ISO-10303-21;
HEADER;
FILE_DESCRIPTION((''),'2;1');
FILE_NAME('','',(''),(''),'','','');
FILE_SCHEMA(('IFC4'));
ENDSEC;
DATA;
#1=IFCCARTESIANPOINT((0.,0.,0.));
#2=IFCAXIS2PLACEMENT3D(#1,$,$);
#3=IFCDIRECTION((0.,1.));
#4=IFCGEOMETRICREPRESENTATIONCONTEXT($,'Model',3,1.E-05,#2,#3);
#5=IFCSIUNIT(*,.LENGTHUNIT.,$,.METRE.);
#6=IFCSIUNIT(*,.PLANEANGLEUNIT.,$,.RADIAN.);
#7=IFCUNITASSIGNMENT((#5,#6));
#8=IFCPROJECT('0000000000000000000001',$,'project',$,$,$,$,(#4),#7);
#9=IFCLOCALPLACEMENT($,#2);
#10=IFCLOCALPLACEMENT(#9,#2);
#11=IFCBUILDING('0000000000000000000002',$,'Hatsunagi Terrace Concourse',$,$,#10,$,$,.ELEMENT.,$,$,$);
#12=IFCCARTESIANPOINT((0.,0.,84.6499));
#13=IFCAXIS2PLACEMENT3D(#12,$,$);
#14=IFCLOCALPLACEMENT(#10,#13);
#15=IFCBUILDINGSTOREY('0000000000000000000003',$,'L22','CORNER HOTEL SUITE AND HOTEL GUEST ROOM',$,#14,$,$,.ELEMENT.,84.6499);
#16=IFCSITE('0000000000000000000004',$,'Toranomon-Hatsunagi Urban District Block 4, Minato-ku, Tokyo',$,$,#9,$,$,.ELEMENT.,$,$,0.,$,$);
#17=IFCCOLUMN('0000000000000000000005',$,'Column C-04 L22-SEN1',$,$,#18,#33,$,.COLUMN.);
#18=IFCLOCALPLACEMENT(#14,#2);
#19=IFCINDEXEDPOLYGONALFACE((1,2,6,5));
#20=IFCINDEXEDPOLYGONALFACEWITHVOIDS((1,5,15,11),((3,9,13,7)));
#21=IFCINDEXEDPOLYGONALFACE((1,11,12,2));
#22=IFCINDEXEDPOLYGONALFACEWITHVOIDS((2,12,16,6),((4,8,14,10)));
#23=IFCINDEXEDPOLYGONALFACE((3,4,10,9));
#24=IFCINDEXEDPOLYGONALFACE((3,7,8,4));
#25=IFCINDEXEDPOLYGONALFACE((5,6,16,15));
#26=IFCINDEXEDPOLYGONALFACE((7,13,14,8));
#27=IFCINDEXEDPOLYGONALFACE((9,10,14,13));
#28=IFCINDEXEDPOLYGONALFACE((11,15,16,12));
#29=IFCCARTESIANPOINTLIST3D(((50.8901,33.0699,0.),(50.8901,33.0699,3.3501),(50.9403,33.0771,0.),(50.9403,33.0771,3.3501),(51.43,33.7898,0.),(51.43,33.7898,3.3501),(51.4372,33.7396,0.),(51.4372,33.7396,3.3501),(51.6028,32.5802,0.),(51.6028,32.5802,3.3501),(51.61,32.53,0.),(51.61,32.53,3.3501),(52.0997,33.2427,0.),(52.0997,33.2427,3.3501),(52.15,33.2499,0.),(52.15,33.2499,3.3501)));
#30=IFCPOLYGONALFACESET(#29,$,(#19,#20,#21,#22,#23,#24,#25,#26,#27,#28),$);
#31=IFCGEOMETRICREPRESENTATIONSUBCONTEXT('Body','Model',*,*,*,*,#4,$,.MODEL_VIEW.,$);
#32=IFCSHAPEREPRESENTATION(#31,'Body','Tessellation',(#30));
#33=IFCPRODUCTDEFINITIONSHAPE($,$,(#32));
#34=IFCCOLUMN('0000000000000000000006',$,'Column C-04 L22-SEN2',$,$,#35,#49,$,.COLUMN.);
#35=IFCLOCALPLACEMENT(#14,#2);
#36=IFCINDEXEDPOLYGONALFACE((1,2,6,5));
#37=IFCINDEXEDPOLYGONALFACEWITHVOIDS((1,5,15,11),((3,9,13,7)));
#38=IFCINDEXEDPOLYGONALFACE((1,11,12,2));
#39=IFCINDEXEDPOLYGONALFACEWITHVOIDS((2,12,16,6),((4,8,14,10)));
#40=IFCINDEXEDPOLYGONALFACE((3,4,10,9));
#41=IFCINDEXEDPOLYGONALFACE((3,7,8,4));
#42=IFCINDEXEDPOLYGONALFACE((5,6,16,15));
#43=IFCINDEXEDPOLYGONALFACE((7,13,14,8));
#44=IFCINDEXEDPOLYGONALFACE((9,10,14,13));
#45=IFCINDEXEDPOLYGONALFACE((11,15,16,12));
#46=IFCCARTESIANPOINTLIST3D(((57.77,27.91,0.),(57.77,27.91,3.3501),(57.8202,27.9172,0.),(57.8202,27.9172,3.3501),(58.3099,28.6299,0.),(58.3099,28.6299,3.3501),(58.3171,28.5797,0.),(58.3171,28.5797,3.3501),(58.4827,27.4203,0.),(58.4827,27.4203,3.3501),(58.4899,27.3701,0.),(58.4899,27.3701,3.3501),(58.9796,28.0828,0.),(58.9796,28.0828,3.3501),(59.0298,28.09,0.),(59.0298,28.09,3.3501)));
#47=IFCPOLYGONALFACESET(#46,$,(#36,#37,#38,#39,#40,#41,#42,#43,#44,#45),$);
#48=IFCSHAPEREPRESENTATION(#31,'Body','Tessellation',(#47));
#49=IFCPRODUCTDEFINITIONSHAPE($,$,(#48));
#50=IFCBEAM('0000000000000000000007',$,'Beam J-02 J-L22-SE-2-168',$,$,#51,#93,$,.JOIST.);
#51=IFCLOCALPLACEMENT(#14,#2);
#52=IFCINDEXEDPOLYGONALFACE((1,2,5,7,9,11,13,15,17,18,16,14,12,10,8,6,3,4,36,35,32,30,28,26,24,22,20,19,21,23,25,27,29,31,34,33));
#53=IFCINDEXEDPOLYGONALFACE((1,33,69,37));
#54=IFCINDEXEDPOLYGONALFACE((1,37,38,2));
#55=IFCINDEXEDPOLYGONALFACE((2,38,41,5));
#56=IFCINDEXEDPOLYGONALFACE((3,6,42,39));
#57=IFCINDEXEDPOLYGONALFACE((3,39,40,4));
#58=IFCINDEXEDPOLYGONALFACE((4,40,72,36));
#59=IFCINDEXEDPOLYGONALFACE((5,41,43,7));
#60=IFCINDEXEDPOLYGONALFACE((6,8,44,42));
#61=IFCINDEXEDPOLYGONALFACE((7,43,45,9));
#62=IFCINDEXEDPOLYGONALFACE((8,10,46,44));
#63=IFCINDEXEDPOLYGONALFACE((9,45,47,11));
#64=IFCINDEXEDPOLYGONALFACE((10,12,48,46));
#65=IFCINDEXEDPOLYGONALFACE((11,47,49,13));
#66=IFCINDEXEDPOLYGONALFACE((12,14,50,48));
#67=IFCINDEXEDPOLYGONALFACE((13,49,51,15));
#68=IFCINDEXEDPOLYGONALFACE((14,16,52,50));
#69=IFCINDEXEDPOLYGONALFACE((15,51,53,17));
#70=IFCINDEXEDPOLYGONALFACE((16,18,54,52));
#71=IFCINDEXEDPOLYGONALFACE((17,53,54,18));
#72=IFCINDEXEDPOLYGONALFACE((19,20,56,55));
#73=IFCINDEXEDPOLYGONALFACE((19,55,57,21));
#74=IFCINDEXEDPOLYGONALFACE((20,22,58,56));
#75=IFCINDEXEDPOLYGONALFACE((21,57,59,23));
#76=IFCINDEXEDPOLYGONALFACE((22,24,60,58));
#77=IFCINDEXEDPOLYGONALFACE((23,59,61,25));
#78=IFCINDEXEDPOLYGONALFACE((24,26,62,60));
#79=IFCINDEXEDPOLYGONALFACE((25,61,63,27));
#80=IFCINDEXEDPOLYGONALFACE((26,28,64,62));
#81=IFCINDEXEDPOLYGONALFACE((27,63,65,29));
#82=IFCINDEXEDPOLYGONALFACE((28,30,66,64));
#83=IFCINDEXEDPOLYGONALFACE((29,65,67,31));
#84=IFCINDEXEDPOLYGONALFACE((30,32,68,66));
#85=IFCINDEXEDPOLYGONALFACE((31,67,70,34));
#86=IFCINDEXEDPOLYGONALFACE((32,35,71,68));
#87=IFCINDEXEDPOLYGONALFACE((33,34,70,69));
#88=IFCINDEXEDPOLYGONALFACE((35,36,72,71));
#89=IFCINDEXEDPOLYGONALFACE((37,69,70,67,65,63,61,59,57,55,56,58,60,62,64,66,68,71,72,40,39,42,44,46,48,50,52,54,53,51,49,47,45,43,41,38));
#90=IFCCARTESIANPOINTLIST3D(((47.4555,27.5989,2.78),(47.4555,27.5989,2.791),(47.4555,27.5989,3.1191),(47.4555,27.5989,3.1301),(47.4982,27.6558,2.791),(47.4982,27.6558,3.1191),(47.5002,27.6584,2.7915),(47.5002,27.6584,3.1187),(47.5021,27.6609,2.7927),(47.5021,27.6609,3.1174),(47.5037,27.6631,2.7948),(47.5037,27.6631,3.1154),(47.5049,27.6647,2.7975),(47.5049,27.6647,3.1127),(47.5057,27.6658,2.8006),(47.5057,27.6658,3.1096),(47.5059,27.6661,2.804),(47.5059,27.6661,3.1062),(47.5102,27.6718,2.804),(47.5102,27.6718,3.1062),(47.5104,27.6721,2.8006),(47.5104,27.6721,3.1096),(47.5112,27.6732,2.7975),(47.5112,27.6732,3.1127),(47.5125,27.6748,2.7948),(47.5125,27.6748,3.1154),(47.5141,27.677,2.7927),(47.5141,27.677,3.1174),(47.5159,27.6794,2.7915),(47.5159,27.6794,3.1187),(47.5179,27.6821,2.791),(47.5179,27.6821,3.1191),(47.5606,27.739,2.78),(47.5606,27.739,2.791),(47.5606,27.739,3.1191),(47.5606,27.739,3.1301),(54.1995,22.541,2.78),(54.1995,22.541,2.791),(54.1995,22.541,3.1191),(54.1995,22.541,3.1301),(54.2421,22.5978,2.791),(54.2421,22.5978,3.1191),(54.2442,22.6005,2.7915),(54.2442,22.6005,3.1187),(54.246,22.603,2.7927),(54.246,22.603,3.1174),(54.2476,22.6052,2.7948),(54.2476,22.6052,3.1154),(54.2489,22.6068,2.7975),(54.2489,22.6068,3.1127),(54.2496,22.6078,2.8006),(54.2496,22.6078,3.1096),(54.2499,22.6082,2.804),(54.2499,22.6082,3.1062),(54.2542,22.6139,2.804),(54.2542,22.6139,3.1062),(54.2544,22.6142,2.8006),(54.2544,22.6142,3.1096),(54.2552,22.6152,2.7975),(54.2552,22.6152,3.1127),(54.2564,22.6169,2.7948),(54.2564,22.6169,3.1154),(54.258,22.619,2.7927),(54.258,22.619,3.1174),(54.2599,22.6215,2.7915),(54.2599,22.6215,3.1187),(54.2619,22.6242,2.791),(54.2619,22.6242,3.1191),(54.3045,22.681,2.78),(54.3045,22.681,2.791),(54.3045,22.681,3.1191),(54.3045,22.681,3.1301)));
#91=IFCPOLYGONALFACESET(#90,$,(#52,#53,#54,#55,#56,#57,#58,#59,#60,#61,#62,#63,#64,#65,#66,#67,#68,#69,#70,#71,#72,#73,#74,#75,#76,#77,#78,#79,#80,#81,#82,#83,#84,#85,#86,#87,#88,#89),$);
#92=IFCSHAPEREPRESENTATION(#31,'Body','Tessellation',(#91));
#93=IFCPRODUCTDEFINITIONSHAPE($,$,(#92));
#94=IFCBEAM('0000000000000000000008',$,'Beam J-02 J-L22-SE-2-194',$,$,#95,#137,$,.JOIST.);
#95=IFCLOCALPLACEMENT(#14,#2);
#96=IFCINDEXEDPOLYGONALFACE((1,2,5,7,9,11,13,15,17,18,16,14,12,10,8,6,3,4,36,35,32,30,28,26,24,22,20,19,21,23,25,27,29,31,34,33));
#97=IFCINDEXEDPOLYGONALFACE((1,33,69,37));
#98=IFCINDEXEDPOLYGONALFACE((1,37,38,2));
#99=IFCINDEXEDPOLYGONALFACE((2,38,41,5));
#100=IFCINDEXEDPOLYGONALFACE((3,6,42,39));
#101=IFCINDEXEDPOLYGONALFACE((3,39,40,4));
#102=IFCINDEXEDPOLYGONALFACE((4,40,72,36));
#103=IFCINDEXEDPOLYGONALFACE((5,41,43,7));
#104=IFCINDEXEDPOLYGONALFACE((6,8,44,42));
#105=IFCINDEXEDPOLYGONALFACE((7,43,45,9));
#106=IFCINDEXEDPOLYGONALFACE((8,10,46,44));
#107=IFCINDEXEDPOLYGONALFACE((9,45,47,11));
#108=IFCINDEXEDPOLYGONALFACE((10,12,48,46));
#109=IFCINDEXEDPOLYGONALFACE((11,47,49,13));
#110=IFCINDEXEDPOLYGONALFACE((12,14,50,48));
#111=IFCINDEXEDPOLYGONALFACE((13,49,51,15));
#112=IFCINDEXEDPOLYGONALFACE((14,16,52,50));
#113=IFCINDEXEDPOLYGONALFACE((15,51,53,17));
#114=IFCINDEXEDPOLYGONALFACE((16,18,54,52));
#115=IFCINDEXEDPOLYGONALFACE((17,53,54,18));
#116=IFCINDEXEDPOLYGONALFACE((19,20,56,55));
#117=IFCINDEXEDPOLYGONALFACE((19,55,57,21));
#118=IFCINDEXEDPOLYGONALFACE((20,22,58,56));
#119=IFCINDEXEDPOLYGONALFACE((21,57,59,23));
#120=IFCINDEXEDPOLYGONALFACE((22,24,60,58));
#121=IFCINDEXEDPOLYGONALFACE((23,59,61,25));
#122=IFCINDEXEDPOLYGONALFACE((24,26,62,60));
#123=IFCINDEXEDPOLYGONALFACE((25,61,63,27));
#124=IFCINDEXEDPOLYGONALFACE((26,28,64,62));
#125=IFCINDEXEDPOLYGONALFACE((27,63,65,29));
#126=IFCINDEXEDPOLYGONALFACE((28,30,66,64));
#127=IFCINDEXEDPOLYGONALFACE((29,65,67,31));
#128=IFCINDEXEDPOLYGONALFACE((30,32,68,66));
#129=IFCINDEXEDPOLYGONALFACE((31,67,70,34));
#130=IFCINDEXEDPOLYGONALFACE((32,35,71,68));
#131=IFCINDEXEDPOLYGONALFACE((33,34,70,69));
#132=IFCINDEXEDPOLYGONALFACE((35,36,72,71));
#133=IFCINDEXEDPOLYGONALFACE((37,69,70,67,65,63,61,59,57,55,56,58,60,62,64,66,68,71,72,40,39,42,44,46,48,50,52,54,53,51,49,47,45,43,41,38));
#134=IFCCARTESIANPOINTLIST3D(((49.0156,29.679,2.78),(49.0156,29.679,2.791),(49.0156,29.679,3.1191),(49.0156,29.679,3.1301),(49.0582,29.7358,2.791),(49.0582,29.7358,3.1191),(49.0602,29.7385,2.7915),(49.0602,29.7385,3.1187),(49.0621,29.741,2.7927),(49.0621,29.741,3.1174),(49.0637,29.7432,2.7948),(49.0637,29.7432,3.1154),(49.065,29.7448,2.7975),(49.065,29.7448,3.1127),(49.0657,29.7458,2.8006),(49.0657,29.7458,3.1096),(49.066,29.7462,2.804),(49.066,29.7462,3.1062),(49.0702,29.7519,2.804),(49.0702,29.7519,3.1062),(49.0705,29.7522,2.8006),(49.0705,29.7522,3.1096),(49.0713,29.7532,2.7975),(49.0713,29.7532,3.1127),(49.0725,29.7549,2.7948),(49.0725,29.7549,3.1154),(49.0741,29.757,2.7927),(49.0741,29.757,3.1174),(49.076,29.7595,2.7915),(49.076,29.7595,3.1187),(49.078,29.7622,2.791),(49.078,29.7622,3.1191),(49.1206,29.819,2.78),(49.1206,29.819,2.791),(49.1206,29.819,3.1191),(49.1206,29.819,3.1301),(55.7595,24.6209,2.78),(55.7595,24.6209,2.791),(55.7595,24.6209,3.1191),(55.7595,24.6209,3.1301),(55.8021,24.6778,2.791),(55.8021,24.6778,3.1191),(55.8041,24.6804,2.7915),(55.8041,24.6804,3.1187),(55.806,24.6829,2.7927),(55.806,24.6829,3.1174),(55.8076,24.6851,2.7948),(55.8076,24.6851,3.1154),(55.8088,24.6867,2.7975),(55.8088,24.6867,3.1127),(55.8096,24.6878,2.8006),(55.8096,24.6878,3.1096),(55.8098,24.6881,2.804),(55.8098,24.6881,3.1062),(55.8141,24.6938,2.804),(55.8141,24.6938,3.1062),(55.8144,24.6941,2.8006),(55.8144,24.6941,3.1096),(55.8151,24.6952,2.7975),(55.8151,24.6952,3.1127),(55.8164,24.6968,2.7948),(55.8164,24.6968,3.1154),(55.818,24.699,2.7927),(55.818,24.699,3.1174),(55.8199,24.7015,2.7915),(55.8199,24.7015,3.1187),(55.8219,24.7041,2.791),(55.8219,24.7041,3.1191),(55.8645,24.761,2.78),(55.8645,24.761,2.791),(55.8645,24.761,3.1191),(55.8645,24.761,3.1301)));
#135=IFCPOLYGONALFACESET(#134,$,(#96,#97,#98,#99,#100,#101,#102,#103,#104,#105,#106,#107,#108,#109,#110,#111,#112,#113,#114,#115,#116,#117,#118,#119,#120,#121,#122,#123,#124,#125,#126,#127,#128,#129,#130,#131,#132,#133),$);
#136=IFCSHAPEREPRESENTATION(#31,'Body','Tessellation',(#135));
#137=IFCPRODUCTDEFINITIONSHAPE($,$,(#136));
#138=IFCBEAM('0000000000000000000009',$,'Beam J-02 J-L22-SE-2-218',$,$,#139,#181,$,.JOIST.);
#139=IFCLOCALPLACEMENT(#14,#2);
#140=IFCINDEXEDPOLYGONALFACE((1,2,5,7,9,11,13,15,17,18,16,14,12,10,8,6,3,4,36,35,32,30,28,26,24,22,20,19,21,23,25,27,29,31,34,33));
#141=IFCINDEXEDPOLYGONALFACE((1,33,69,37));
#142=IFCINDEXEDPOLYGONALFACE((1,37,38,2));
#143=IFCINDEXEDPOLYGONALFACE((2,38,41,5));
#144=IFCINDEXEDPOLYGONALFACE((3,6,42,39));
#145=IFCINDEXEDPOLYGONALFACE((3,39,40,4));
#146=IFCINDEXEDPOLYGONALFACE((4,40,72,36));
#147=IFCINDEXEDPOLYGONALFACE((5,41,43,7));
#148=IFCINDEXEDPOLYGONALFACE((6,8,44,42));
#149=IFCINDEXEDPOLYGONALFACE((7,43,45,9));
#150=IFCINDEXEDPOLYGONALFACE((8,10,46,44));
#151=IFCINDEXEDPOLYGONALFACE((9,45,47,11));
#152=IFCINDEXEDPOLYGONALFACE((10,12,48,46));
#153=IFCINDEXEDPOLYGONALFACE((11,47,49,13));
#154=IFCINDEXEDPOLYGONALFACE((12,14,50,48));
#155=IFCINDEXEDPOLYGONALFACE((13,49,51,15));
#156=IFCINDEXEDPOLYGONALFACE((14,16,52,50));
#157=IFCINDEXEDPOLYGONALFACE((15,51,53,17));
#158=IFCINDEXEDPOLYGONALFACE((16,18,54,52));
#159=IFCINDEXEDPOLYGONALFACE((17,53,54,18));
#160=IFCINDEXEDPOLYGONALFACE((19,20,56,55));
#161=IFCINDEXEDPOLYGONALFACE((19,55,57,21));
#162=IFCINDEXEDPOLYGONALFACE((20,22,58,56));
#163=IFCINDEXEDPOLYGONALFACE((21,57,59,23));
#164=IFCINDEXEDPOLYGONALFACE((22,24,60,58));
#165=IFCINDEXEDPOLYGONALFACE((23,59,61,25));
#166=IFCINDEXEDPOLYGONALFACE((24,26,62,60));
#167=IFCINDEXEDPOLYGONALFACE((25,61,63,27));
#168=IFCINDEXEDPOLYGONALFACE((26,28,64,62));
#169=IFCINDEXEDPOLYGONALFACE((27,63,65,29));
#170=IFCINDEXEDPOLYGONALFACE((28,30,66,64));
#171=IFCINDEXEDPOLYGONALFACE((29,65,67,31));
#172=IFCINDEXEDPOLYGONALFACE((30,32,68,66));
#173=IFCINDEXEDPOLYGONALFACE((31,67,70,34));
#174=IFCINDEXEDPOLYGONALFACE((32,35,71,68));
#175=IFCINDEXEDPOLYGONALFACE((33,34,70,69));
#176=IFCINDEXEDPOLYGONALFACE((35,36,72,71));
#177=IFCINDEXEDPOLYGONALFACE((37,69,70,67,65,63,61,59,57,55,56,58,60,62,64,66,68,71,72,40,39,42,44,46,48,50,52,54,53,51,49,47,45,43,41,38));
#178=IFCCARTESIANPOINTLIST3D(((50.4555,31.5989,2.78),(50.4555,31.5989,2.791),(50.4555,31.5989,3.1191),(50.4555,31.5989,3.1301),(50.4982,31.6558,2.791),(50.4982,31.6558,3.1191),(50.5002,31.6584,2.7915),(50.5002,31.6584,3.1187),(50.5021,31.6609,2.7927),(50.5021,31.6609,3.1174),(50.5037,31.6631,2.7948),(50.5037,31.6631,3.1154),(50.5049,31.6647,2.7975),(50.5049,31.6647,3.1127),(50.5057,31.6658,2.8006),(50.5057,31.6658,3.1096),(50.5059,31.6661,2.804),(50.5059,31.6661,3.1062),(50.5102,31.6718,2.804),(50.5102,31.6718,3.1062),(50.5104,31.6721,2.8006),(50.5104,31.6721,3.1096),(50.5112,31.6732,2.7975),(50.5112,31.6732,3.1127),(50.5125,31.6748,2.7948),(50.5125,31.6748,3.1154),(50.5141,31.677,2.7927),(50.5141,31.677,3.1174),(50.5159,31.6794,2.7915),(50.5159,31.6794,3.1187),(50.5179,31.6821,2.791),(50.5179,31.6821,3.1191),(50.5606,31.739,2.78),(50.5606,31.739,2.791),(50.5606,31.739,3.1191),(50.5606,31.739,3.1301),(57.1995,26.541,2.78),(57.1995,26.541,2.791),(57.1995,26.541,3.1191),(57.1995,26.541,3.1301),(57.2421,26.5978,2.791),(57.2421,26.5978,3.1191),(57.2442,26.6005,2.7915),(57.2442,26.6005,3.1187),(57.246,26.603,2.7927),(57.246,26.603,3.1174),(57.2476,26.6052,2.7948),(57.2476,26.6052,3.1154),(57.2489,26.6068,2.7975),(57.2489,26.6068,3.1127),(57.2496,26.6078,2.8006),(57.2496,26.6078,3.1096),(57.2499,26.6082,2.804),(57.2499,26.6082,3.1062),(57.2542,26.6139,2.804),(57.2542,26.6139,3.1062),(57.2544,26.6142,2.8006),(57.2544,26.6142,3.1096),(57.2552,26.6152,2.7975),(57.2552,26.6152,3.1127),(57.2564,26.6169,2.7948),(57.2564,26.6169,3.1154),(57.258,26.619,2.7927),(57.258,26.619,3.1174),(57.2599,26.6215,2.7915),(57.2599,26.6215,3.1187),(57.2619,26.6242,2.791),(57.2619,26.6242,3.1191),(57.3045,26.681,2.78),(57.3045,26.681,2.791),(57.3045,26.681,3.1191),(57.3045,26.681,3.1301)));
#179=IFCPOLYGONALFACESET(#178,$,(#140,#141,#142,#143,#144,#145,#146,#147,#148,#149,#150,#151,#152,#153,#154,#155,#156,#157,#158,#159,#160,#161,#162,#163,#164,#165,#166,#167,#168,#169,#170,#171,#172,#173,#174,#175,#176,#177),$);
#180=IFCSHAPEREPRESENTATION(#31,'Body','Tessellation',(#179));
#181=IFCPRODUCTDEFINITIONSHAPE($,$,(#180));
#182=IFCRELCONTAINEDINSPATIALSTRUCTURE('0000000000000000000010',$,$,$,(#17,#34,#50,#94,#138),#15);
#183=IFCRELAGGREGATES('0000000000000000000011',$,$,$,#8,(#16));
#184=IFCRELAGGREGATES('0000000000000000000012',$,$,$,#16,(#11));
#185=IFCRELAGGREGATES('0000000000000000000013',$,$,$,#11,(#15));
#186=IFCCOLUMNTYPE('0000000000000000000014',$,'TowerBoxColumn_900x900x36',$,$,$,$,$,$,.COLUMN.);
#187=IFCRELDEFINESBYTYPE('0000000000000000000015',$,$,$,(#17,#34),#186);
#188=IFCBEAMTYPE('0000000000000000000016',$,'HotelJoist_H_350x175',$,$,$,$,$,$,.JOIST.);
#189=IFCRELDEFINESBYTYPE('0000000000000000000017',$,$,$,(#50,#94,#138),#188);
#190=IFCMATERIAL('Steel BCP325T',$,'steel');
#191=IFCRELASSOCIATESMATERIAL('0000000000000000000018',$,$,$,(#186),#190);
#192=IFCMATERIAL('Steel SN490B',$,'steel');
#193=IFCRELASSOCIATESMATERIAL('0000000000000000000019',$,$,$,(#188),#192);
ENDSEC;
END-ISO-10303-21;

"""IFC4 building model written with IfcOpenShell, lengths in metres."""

from ifc_helpers import new_model, si_unit, direction, frame, origin, origin_2d, place, context, subcontext, project, spatial, hollow_rectangle, i_section, extrude, material, material_profile, profile_set, type_object, element, save


model = new_model("IFC4")

# Units and contexts
model_context = context("Model", 3, precision=1e-05, world=origin(), true_north=direction((0.0, 1.0)))
body_context = subcontext(model_context, "Body", "Model", "MODEL_VIEW")
ifc_project = project(units=[si_unit("LENGTHUNIT", "METRE"), si_unit("PLANEANGLEUNIT", "RADIAN")], contexts=[model_context])

# Site, building, storey
site_placement = place(None, origin())
site = spatial("IfcSite", under=ifc_project, at=site_placement, Name="Toranomon-Hatsunagi Urban District Block 4, Minato-ku, Tokyo", CompositionType="ELEMENT", RefElevation=0.0)
building_placement = place(site_placement, origin())
building = spatial("IfcBuilding", under=site, at=building_placement, Name="Hatsunagi Terrace Concourse", CompositionType="ELEMENT")
storey_placement = place(building_placement, frame((0.0, 0.0, 84.6499)))
storey = spatial("IfcBuildingStorey", under=building, at=storey_placement, Name="L22", Description="CORNER HOTEL SUITE AND HOTEL GUEST ROOM", CompositionType="ELEMENT", Elevation=84.6499)

# Columns
ifc_material_1 = material(Name="Steel BCP325T", Category="steel")
ifc_material_profile_1 = material_profile(ifc_material_1, hollow_rectangle(XDim=0.8999, YDim=0.8999, WallThickness=0.0359, at=origin_2d()), Name="BCP-900x900x36")
ifc_profile_set_1 = profile_set([ifc_material_profile_1], Name="Steel BCP325T")
column_type = type_object("IfcColumnType", Name="TowerBoxColumn_900x900x36", PredefinedType="COLUMN", material=ifc_profile_set_1)
for number, where, z_axis, x_axis, name in (
    (1, (51.52, 33.1599, 0.0), (0.0, 0.0, 1.0), (0.8, -0.6, 0.0), "Column C-04 L22-SEN1"),
    (2, (58.3999, 28.0, 0.0), (0.0, 0.0, 1.0), (0.8, -0.6, 0.0), "Column C-04 L22-SEN2"),
):
    element("IfcColumn", number, at=place(storey_placement, frame(where, z_axis=z_axis, x_axis=x_axis)), inside=storey, type_object=column_type, Name=name, PredefinedType="COLUMN", context=body_context, shape_type="SweptSolid", body=[
        extrude(hollow_rectangle(XDim=0.8999, YDim=0.8999, WallThickness=0.0359, at=origin_2d()), origin(), (0.0, 0.0, 1.0), 3.3501),
    ])

# Beams
ifc_material_2 = material(Name="Steel SN490B", Category="steel")
ifc_material_profile_2 = material_profile(ifc_material_2, i_section(OverallWidth=0.175, OverallDepth=0.3501, WebThickness=0.0071, FlangeThickness=0.011, FilletRadius=0.0129, at=origin_2d()), Name="H-350x175x7x11")
ifc_profile_set_2 = profile_set([ifc_material_profile_2], Name="Steel SN490B")
beam_type_1 = type_object("IfcBeamType", Name="HotelJoist_H_350x175", PredefinedType="JOIST", material=ifc_profile_set_2)
for number, where, z_axis, x_axis, name in (
    (3, (47.5081, 27.6689, 2.9551), (0.800003, -0.599995, 0.0), (0.599995, 0.800003, 0.0), "Beam J-02 J-L22-SE-2-168"),
    (4, (49.0681, 29.749, 2.9551), (0.79999, -0.600014, 0.0), (0.600014, 0.79999, 0.0), "Beam J-02 J-L22-SE-2-194"),
    (5, (50.5081, 31.6689, 2.9551), (0.800003, -0.599995, 0.0), (0.599995, 0.800003, 0.0), "Beam J-02 J-L22-SE-2-218"),
):
    element("IfcBeam", number, at=place(storey_placement, frame(where, z_axis=z_axis, x_axis=x_axis)), inside=storey, type_object=beam_type_1, Name=name, PredefinedType="JOIST", context=body_context, shape_type="SweptSolid", body=[
        extrude(i_section(OverallWidth=0.175, OverallDepth=0.3501, WebThickness=0.0071, FlangeThickness=0.011, FilletRadius=0.0129, at=origin_2d()), origin(), (0.0, 0.0, 1.0), 8.4299),
    ])

save(model, "model.ifc")
